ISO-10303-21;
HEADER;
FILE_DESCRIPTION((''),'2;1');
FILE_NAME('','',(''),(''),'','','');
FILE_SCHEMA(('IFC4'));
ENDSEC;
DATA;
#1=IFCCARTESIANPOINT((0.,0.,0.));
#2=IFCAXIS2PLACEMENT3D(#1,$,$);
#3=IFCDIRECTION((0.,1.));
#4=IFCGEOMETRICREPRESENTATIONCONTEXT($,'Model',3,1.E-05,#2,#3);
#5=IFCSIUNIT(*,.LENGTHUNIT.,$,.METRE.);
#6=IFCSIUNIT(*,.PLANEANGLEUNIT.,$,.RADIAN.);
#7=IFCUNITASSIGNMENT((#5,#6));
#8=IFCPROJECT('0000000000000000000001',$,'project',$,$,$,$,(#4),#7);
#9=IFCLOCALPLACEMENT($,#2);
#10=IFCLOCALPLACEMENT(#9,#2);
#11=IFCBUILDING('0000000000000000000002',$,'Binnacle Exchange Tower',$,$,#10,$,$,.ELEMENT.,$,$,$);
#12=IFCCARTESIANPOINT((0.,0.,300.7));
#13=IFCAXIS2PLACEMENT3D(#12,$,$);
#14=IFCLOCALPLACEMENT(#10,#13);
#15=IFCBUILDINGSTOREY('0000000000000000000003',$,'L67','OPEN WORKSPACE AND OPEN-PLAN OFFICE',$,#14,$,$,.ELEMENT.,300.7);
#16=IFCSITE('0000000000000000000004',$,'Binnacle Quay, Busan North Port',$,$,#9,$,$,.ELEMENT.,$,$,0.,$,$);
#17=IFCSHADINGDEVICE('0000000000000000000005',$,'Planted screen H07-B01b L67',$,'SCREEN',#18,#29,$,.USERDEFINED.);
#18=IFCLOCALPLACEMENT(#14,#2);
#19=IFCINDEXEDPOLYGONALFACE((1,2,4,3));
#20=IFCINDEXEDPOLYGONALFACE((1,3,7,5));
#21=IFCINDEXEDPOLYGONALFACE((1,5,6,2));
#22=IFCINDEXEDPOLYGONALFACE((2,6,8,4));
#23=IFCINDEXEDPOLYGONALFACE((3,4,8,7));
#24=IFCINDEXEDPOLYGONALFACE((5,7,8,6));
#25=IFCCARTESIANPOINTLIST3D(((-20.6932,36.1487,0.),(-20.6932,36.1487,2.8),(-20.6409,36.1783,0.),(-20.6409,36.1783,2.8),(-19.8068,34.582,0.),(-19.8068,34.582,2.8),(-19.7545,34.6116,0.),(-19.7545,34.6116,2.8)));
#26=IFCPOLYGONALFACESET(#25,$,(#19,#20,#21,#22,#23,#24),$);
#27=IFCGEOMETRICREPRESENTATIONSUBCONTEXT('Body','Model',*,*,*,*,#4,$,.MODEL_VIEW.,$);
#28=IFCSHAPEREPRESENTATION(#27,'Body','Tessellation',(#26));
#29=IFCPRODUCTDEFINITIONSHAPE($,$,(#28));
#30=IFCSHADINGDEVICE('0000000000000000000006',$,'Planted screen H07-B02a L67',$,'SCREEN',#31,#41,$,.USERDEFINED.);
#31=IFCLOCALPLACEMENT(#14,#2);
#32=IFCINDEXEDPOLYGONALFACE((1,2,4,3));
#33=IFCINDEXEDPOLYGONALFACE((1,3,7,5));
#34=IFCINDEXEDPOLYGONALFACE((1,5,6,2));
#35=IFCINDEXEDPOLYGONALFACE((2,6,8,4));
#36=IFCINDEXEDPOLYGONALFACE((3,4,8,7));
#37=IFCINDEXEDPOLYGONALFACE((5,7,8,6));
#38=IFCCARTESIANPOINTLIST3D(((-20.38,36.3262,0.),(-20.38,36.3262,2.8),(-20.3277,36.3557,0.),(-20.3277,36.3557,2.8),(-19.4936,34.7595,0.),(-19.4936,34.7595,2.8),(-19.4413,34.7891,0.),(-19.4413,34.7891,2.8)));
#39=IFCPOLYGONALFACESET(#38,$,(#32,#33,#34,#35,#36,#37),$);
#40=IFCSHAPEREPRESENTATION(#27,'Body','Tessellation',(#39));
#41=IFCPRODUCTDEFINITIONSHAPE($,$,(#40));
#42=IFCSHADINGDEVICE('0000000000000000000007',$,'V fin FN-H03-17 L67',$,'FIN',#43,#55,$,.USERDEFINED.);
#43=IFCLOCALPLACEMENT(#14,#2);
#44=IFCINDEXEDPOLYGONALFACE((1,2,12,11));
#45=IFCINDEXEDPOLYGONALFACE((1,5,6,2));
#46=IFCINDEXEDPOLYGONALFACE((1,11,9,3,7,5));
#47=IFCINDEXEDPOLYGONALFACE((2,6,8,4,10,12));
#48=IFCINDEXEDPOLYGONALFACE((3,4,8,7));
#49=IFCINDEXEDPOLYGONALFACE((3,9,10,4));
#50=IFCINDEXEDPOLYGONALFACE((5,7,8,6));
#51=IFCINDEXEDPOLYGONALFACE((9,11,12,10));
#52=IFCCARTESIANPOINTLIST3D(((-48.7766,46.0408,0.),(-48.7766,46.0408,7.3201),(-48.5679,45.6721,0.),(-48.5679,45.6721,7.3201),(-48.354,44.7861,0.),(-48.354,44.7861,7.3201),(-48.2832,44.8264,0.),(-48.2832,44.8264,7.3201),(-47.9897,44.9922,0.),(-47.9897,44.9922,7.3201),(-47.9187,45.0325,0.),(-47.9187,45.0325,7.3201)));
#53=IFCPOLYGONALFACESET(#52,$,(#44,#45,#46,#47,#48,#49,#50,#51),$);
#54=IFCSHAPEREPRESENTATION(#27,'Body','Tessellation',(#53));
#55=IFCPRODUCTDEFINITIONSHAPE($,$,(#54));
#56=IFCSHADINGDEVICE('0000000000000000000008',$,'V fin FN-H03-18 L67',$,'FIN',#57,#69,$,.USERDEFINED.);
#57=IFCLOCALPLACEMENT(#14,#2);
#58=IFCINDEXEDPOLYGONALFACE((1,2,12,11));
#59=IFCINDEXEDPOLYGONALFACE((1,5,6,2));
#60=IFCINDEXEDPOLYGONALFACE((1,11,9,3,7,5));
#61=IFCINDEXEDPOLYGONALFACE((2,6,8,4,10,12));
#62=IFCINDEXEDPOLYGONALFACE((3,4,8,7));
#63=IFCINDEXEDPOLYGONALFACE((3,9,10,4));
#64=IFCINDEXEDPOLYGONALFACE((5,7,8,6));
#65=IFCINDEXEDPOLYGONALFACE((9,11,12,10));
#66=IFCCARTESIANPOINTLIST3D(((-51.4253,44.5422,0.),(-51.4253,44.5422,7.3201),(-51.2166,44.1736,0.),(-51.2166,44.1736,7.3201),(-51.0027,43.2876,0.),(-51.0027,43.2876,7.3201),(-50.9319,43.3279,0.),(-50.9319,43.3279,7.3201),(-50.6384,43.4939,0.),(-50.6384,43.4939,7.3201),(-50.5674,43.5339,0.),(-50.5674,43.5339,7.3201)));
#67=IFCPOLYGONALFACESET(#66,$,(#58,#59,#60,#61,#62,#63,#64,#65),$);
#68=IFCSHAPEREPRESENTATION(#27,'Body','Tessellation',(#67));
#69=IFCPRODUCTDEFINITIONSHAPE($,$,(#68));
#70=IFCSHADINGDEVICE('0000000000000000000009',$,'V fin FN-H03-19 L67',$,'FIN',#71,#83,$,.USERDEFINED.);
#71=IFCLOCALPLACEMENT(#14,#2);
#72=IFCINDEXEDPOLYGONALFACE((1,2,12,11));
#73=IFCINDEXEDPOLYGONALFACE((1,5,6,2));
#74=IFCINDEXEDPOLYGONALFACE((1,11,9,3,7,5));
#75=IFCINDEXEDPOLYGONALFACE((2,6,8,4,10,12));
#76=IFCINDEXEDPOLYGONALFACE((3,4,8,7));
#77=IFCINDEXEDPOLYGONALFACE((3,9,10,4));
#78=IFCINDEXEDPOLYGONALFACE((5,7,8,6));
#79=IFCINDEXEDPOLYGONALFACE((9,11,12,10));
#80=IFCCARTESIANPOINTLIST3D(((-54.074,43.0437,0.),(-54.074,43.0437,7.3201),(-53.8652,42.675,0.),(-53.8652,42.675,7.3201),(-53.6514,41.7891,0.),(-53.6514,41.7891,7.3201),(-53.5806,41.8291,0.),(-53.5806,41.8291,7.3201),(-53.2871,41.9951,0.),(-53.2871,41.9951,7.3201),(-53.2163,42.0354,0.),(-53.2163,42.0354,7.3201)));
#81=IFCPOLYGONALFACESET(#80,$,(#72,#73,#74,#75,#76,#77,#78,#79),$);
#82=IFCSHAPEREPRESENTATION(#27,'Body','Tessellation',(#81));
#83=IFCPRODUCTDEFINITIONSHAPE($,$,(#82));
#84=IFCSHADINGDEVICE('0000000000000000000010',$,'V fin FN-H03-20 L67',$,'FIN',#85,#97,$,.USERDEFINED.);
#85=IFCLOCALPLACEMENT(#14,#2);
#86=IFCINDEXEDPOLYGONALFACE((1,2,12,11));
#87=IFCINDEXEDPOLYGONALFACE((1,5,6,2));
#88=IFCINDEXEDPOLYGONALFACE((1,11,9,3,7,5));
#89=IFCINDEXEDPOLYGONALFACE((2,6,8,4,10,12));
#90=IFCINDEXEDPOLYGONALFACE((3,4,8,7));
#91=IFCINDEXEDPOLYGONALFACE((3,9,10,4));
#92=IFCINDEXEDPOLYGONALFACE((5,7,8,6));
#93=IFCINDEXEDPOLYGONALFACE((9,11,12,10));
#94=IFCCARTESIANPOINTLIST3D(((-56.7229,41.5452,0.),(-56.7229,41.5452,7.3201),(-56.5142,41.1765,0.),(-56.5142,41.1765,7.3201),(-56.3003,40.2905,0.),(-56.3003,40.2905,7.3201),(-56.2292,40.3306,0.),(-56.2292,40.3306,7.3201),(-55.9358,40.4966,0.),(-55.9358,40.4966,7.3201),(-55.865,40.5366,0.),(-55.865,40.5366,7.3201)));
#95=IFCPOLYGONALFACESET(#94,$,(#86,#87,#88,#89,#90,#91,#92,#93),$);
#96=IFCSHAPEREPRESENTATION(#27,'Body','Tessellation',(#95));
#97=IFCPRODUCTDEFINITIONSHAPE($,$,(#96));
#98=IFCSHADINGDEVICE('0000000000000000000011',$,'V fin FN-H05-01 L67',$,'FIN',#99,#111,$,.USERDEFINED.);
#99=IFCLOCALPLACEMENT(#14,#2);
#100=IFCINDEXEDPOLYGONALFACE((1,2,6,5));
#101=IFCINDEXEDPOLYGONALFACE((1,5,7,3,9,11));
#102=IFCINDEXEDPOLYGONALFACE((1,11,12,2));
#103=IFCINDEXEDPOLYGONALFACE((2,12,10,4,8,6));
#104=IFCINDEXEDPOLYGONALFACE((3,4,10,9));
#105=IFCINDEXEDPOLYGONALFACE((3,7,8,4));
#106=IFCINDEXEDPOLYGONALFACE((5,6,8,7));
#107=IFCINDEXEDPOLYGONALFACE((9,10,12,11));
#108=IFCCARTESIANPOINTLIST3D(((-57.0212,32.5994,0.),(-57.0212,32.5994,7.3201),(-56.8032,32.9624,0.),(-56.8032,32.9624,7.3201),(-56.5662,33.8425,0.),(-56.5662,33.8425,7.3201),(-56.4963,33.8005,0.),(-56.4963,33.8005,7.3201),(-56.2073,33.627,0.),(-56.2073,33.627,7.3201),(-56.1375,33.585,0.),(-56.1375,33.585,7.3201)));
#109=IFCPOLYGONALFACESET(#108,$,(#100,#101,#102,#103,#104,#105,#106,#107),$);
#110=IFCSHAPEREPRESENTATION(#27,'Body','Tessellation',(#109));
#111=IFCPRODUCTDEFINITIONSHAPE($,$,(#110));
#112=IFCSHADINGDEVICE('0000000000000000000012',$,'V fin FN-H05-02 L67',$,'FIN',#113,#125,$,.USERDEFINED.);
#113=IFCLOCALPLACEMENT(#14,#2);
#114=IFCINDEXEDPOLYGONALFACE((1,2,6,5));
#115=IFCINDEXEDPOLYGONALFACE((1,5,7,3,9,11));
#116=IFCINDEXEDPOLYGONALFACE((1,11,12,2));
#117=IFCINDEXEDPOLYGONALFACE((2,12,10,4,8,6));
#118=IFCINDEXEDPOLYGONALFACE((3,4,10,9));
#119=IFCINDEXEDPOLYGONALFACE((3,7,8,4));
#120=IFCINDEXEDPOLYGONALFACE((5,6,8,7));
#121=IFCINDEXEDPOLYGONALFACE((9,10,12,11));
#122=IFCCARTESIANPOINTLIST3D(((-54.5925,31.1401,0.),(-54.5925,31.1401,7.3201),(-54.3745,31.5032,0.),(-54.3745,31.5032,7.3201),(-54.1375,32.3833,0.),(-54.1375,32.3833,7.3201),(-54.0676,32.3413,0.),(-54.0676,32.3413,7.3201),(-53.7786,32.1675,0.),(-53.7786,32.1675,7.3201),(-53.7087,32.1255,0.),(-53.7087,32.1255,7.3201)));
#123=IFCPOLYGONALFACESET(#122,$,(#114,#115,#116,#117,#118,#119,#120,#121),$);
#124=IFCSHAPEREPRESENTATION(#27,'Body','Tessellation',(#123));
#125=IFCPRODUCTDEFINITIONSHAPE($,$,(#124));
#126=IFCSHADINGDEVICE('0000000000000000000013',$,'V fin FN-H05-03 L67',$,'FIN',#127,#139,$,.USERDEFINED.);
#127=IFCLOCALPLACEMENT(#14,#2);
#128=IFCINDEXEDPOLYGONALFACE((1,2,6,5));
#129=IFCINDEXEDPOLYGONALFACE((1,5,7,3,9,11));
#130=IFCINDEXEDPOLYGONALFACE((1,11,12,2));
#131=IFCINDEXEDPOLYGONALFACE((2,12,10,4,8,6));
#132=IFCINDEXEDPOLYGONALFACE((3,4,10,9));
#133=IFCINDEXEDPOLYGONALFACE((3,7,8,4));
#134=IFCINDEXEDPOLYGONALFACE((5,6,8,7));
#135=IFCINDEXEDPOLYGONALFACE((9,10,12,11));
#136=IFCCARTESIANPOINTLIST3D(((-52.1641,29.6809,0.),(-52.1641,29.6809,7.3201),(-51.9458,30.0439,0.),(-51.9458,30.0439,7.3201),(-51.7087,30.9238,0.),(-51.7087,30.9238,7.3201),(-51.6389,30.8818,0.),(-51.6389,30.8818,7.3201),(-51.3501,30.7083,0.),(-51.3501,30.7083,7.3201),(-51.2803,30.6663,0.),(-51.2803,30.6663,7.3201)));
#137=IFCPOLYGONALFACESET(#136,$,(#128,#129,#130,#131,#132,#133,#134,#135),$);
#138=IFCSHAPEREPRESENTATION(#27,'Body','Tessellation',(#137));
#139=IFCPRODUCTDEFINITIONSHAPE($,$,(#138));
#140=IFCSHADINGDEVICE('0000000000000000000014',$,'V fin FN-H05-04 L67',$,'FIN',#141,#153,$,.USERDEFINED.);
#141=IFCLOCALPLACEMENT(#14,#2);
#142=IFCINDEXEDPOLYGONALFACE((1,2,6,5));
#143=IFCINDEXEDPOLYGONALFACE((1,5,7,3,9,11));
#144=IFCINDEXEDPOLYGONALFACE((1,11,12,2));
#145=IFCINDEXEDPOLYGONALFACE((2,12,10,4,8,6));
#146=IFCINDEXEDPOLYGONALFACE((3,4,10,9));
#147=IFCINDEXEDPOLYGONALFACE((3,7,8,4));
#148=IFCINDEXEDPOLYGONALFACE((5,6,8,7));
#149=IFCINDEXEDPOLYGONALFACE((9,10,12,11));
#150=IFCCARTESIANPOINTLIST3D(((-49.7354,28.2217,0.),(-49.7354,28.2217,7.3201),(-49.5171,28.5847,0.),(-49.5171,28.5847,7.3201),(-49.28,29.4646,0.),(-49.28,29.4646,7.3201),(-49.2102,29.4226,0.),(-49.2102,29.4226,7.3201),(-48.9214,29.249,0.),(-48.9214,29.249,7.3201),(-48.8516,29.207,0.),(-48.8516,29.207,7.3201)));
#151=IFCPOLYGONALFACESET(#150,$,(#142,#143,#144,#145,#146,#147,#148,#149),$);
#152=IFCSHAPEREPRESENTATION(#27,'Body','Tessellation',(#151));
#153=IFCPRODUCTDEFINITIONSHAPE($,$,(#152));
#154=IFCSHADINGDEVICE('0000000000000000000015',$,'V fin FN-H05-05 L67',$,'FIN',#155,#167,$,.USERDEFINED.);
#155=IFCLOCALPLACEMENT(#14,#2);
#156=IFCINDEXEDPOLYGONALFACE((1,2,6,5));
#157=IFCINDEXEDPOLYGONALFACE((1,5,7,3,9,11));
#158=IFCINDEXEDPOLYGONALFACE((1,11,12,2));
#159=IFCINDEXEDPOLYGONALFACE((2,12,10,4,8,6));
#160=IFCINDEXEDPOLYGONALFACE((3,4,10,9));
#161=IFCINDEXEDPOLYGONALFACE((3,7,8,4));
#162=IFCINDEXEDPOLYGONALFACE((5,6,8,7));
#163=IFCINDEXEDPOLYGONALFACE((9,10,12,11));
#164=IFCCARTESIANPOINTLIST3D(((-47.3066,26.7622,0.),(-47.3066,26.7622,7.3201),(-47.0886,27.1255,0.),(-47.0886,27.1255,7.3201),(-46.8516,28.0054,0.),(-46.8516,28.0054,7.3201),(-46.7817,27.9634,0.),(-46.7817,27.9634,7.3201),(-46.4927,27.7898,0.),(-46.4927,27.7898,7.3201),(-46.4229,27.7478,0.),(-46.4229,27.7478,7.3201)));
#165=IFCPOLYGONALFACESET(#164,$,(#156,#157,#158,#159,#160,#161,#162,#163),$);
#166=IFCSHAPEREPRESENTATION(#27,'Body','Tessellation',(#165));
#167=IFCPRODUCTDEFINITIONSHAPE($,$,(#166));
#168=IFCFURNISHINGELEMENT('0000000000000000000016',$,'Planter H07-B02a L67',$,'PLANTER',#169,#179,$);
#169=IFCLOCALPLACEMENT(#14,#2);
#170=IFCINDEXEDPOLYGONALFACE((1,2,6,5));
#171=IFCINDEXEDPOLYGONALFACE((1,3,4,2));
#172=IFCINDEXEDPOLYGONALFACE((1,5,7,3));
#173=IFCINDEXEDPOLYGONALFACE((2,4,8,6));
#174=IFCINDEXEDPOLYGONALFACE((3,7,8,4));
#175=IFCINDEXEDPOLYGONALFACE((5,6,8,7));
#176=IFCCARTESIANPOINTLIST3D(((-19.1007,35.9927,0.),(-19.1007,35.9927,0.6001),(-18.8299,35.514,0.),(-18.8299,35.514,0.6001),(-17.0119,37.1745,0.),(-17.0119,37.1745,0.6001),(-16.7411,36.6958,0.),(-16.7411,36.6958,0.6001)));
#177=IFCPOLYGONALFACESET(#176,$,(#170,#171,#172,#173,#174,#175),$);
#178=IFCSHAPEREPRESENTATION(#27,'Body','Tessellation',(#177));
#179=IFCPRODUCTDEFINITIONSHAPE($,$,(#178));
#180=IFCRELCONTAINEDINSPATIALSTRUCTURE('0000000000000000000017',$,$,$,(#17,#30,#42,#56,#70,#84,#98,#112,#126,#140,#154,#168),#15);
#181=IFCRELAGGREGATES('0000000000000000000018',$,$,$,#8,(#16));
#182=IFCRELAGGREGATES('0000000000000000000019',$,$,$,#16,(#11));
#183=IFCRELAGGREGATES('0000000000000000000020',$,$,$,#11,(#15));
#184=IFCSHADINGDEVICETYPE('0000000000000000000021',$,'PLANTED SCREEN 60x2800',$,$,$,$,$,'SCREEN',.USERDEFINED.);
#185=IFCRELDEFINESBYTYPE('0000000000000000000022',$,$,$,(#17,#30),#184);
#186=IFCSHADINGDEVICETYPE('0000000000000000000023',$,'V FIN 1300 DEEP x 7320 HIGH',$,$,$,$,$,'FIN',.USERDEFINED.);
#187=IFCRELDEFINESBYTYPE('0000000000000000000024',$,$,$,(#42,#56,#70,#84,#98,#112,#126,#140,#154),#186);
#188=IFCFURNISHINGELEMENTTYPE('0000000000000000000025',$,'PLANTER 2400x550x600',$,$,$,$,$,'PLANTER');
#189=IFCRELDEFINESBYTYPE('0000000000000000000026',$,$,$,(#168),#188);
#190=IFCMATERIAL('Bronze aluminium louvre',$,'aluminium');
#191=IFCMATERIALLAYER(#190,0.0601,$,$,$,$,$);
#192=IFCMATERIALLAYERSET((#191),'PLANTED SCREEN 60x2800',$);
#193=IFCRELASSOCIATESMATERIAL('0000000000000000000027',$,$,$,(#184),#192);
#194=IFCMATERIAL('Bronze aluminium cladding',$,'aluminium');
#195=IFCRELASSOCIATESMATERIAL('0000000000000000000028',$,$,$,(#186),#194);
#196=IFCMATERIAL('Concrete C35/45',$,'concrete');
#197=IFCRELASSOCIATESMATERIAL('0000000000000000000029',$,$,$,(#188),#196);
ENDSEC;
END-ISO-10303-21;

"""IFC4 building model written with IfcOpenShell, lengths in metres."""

from ifc_helpers import new_model, si_unit, direction, frame, origin, origin_2d, place, context, subcontext, project, spatial, polyline, rectangle, outline, extrude, material, layer, layer_set, type_object, element, save


model = new_model("IFC4")

# Units and contexts
model_context = context("Model", 3, precision=1e-05, world=origin(), true_north=direction((0.0, 1.0)))
body_context = subcontext(model_context, "Body", "Model", "MODEL_VIEW")
ifc_project = project(units=[si_unit("LENGTHUNIT", "METRE"), si_unit("PLANEANGLEUNIT", "RADIAN")], contexts=[model_context])

# Site, building, storey
site_placement = place(None, origin())
site = spatial("IfcSite", under=ifc_project, at=site_placement, Name="Binnacle Quay, Busan North Port", CompositionType="ELEMENT", RefElevation=0.0)
building_placement = place(site_placement, origin())
building = spatial("IfcBuilding", under=site, at=building_placement, Name="Binnacle Exchange Tower", CompositionType="ELEMENT")
storey_placement = place(building_placement, frame((0.0, 0.0, 300.7)))
storey = spatial("IfcBuildingStorey", under=building, at=storey_placement, Name="L67", Description="OPEN WORKSPACE AND OPEN-PLAN OFFICE", CompositionType="ELEMENT", Elevation=300.7)

# Shared definitions
ifc_material_1 = material(Name="Concrete C35/45", Category="concrete")

# Shading devices
ifc_material_2 = material(Name="Bronze aluminium louvre", Category="aluminium")
ifc_layer_1 = layer(ifc_material_2, 0.0601)
ifc_layer_set_1 = layer_set([ifc_layer_1], Name="PLANTED SCREEN 60x2800")
shading_device_type_1 = type_object("IfcShadingDeviceType", Name="PLANTED SCREEN 60x2800", ElementType="SCREEN", PredefinedType="USERDEFINED", material=ifc_layer_set_1)
for number, where, z_axis, x_axis, name in (
    (1, (-20.2239, 35.3801, 0.0), (0.0, 0.0, 1.0), (0.870356, 0.492424, 0.0), "Planted screen H07-B01b L67"),
    (2, (-19.9106, 35.5576, 0.0), (0.0, 0.0, 1.0), (0.870356, 0.492424, 0.0), "Planted screen H07-B02a L67"),
):
    element("IfcShadingDevice", number, at=place(storey_placement, frame(where, z_axis=z_axis, x_axis=x_axis)), inside=storey, type_object=shading_device_type_1, Name=name, ObjectType="SCREEN", PredefinedType="USERDEFINED", context=body_context, shape_type="SweptSolid", body=[
        extrude(rectangle(XDim=0.0601, YDim=1.8, at=origin_2d()), origin(), (0.0, 0.0, 1.0), 2.8),
    ])
ifc_material_3 = material(Name="Bronze aluminium cladding", Category="aluminium")
shading_device_type_2 = type_object("IfcShadingDeviceType", Name="V FIN 1300 DEEP x 7320 HIGH", ElementType="FIN", PredefinedType="USERDEFINED", material=ifc_material_3)
shading_device_1_placement = place(storey_placement, origin())
element("IfcShadingDevice", 3, at=shading_device_1_placement, inside=storey, type_object=shading_device_type_2, Name="V fin FN-H03-17 L67", ObjectType="FIN", PredefinedType="USERDEFINED", context=body_context, shape_type="SweptSolid", body=[
    extrude(outline(polyline([(-47.9187, 45.0325), (-48.7766, 46.0408), (-48.354, 44.7861), (-48.2832, 44.8264), (-48.5679, 45.6721), (-47.9897, 44.9922), (-47.9187, 45.0325)])), origin(), (0.0, 0.0, 1.0), 7.3201),
])
shading_device_2_placement = place(storey_placement, origin())
element("IfcShadingDevice", 4, at=shading_device_2_placement, inside=storey, type_object=shading_device_type_2, Name="V fin FN-H03-18 L67", ObjectType="FIN", PredefinedType="USERDEFINED", context=body_context, shape_type="SweptSolid", body=[
    extrude(outline(polyline([(-50.5674, 43.5339), (-51.4253, 44.5422), (-51.0027, 43.2876), (-50.9319, 43.3279), (-51.2166, 44.1736), (-50.6384, 43.4939), (-50.5674, 43.5339)])), origin(), (0.0, 0.0, 1.0), 7.3201),
])
shading_device_3_placement = place(storey_placement, origin())
element("IfcShadingDevice", 5, at=shading_device_3_placement, inside=storey, type_object=shading_device_type_2, Name="V fin FN-H03-19 L67", ObjectType="FIN", PredefinedType="USERDEFINED", context=body_context, shape_type="SweptSolid", body=[
    extrude(outline(polyline([(-53.2163, 42.0354), (-54.074, 43.0437), (-53.6514, 41.7891), (-53.5806, 41.8291), (-53.8652, 42.675), (-53.2871, 41.9951), (-53.2163, 42.0354)])), origin(), (0.0, 0.0, 1.0), 7.3201),
])
shading_device_4_placement = place(storey_placement, origin())
element("IfcShadingDevice", 6, at=shading_device_4_placement, inside=storey, type_object=shading_device_type_2, Name="V fin FN-H03-20 L67", ObjectType="FIN", PredefinedType="USERDEFINED", context=body_context, shape_type="SweptSolid", body=[
    extrude(outline(polyline([(-55.865, 40.5366), (-56.7229, 41.5452), (-56.3003, 40.2905), (-56.2292, 40.3306), (-56.5142, 41.1765), (-55.9358, 40.4966), (-55.865, 40.5366)])), origin(), (0.0, 0.0, 1.0), 7.3201),
])
shading_device_5_placement = place(storey_placement, origin())
element("IfcShadingDevice", 7, at=shading_device_5_placement, inside=storey, type_object=shading_device_type_2, Name="V fin FN-H05-01 L67", ObjectType="FIN", PredefinedType="USERDEFINED", context=body_context, shape_type="SweptSolid", body=[
    extrude(outline(polyline([(-56.5662, 33.8425), (-57.0212, 32.5994), (-56.1375, 33.585), (-56.2073, 33.627), (-56.8032, 32.9624), (-56.4963, 33.8005), (-56.5662, 33.8425)])), origin(), (0.0, 0.0, 1.0), 7.3201),
])
shading_device_6_placement = place(storey_placement, origin())
element("IfcShadingDevice", 8, at=shading_device_6_placement, inside=storey, type_object=shading_device_type_2, Name="V fin FN-H05-02 L67", ObjectType="FIN", PredefinedType="USERDEFINED", context=body_context, shape_type="SweptSolid", body=[
    extrude(outline(polyline([(-54.1375, 32.3833), (-54.5925, 31.1401), (-53.7087, 32.1255), (-53.7786, 32.1675), (-54.3745, 31.5032), (-54.0676, 32.3413), (-54.1375, 32.3833)])), origin(), (0.0, 0.0, 1.0), 7.3201),
])
shading_device_7_placement = place(storey_placement, origin())
element("IfcShadingDevice", 9, at=shading_device_7_placement, inside=storey, type_object=shading_device_type_2, Name="V fin FN-H05-03 L67", ObjectType="FIN", PredefinedType="USERDEFINED", context=body_context, shape_type="SweptSolid", body=[
    extrude(outline(polyline([(-51.7087, 30.9238), (-52.1641, 29.6809), (-51.2803, 30.6663), (-51.3501, 30.7083), (-51.9458, 30.0439), (-51.6389, 30.8818), (-51.7087, 30.9238)])), origin(), (0.0, 0.0, 1.0), 7.3201),
])
shading_device_8_placement = place(storey_placement, origin())
element("IfcShadingDevice", 10, at=shading_device_8_placement, inside=storey, type_object=shading_device_type_2, Name="V fin FN-H05-04 L67", ObjectType="FIN", PredefinedType="USERDEFINED", context=body_context, shape_type="SweptSolid", body=[
    extrude(outline(polyline([(-49.28, 29.4646), (-49.7354, 28.2217), (-48.8516, 29.207), (-48.9214, 29.249), (-49.5171, 28.5847), (-49.2102, 29.4226), (-49.28, 29.4646)])), origin(), (0.0, 0.0, 1.0), 7.3201),
])
shading_device_9_placement = place(storey_placement, origin())
element("IfcShadingDevice", 11, at=shading_device_9_placement, inside=storey, type_object=shading_device_type_2, Name="V fin FN-H05-05 L67", ObjectType="FIN", PredefinedType="USERDEFINED", context=body_context, shape_type="SweptSolid", body=[
    extrude(outline(polyline([(-46.8516, 28.0054), (-47.3066, 26.7622), (-46.4229, 27.7478), (-46.4927, 27.7898), (-47.0886, 27.1255), (-46.7817, 27.9634), (-46.8516, 28.0054)])), origin(), (0.0, 0.0, 1.0), 7.3201),
])

# Furnishing element
furnishing_element_type = type_object("IfcFurnishingElementType", Name="PLANTER 2400x550x600", ElementType="PLANTER", material=ifc_material_1)
furnishing_placement = place(storey_placement, frame((-17.9209, 36.3442, 0.0), z_axis=(0.0, 0.0, 1.0), x_axis=(0.870356, 0.492424, 0.0)))
element("IfcFurnishingElement", 12, at=furnishing_placement, inside=storey, type_object=furnishing_element_type, Name="Planter H07-B02a L67", ObjectType="PLANTER", context=body_context, shape_type="SweptSolid", body=[
    extrude(rectangle(XDim=2.3999, YDim=0.55, at=origin_2d()), origin(), (0.0, 0.0, 1.0), 0.6001),
])

save(model, "model.ifc")
